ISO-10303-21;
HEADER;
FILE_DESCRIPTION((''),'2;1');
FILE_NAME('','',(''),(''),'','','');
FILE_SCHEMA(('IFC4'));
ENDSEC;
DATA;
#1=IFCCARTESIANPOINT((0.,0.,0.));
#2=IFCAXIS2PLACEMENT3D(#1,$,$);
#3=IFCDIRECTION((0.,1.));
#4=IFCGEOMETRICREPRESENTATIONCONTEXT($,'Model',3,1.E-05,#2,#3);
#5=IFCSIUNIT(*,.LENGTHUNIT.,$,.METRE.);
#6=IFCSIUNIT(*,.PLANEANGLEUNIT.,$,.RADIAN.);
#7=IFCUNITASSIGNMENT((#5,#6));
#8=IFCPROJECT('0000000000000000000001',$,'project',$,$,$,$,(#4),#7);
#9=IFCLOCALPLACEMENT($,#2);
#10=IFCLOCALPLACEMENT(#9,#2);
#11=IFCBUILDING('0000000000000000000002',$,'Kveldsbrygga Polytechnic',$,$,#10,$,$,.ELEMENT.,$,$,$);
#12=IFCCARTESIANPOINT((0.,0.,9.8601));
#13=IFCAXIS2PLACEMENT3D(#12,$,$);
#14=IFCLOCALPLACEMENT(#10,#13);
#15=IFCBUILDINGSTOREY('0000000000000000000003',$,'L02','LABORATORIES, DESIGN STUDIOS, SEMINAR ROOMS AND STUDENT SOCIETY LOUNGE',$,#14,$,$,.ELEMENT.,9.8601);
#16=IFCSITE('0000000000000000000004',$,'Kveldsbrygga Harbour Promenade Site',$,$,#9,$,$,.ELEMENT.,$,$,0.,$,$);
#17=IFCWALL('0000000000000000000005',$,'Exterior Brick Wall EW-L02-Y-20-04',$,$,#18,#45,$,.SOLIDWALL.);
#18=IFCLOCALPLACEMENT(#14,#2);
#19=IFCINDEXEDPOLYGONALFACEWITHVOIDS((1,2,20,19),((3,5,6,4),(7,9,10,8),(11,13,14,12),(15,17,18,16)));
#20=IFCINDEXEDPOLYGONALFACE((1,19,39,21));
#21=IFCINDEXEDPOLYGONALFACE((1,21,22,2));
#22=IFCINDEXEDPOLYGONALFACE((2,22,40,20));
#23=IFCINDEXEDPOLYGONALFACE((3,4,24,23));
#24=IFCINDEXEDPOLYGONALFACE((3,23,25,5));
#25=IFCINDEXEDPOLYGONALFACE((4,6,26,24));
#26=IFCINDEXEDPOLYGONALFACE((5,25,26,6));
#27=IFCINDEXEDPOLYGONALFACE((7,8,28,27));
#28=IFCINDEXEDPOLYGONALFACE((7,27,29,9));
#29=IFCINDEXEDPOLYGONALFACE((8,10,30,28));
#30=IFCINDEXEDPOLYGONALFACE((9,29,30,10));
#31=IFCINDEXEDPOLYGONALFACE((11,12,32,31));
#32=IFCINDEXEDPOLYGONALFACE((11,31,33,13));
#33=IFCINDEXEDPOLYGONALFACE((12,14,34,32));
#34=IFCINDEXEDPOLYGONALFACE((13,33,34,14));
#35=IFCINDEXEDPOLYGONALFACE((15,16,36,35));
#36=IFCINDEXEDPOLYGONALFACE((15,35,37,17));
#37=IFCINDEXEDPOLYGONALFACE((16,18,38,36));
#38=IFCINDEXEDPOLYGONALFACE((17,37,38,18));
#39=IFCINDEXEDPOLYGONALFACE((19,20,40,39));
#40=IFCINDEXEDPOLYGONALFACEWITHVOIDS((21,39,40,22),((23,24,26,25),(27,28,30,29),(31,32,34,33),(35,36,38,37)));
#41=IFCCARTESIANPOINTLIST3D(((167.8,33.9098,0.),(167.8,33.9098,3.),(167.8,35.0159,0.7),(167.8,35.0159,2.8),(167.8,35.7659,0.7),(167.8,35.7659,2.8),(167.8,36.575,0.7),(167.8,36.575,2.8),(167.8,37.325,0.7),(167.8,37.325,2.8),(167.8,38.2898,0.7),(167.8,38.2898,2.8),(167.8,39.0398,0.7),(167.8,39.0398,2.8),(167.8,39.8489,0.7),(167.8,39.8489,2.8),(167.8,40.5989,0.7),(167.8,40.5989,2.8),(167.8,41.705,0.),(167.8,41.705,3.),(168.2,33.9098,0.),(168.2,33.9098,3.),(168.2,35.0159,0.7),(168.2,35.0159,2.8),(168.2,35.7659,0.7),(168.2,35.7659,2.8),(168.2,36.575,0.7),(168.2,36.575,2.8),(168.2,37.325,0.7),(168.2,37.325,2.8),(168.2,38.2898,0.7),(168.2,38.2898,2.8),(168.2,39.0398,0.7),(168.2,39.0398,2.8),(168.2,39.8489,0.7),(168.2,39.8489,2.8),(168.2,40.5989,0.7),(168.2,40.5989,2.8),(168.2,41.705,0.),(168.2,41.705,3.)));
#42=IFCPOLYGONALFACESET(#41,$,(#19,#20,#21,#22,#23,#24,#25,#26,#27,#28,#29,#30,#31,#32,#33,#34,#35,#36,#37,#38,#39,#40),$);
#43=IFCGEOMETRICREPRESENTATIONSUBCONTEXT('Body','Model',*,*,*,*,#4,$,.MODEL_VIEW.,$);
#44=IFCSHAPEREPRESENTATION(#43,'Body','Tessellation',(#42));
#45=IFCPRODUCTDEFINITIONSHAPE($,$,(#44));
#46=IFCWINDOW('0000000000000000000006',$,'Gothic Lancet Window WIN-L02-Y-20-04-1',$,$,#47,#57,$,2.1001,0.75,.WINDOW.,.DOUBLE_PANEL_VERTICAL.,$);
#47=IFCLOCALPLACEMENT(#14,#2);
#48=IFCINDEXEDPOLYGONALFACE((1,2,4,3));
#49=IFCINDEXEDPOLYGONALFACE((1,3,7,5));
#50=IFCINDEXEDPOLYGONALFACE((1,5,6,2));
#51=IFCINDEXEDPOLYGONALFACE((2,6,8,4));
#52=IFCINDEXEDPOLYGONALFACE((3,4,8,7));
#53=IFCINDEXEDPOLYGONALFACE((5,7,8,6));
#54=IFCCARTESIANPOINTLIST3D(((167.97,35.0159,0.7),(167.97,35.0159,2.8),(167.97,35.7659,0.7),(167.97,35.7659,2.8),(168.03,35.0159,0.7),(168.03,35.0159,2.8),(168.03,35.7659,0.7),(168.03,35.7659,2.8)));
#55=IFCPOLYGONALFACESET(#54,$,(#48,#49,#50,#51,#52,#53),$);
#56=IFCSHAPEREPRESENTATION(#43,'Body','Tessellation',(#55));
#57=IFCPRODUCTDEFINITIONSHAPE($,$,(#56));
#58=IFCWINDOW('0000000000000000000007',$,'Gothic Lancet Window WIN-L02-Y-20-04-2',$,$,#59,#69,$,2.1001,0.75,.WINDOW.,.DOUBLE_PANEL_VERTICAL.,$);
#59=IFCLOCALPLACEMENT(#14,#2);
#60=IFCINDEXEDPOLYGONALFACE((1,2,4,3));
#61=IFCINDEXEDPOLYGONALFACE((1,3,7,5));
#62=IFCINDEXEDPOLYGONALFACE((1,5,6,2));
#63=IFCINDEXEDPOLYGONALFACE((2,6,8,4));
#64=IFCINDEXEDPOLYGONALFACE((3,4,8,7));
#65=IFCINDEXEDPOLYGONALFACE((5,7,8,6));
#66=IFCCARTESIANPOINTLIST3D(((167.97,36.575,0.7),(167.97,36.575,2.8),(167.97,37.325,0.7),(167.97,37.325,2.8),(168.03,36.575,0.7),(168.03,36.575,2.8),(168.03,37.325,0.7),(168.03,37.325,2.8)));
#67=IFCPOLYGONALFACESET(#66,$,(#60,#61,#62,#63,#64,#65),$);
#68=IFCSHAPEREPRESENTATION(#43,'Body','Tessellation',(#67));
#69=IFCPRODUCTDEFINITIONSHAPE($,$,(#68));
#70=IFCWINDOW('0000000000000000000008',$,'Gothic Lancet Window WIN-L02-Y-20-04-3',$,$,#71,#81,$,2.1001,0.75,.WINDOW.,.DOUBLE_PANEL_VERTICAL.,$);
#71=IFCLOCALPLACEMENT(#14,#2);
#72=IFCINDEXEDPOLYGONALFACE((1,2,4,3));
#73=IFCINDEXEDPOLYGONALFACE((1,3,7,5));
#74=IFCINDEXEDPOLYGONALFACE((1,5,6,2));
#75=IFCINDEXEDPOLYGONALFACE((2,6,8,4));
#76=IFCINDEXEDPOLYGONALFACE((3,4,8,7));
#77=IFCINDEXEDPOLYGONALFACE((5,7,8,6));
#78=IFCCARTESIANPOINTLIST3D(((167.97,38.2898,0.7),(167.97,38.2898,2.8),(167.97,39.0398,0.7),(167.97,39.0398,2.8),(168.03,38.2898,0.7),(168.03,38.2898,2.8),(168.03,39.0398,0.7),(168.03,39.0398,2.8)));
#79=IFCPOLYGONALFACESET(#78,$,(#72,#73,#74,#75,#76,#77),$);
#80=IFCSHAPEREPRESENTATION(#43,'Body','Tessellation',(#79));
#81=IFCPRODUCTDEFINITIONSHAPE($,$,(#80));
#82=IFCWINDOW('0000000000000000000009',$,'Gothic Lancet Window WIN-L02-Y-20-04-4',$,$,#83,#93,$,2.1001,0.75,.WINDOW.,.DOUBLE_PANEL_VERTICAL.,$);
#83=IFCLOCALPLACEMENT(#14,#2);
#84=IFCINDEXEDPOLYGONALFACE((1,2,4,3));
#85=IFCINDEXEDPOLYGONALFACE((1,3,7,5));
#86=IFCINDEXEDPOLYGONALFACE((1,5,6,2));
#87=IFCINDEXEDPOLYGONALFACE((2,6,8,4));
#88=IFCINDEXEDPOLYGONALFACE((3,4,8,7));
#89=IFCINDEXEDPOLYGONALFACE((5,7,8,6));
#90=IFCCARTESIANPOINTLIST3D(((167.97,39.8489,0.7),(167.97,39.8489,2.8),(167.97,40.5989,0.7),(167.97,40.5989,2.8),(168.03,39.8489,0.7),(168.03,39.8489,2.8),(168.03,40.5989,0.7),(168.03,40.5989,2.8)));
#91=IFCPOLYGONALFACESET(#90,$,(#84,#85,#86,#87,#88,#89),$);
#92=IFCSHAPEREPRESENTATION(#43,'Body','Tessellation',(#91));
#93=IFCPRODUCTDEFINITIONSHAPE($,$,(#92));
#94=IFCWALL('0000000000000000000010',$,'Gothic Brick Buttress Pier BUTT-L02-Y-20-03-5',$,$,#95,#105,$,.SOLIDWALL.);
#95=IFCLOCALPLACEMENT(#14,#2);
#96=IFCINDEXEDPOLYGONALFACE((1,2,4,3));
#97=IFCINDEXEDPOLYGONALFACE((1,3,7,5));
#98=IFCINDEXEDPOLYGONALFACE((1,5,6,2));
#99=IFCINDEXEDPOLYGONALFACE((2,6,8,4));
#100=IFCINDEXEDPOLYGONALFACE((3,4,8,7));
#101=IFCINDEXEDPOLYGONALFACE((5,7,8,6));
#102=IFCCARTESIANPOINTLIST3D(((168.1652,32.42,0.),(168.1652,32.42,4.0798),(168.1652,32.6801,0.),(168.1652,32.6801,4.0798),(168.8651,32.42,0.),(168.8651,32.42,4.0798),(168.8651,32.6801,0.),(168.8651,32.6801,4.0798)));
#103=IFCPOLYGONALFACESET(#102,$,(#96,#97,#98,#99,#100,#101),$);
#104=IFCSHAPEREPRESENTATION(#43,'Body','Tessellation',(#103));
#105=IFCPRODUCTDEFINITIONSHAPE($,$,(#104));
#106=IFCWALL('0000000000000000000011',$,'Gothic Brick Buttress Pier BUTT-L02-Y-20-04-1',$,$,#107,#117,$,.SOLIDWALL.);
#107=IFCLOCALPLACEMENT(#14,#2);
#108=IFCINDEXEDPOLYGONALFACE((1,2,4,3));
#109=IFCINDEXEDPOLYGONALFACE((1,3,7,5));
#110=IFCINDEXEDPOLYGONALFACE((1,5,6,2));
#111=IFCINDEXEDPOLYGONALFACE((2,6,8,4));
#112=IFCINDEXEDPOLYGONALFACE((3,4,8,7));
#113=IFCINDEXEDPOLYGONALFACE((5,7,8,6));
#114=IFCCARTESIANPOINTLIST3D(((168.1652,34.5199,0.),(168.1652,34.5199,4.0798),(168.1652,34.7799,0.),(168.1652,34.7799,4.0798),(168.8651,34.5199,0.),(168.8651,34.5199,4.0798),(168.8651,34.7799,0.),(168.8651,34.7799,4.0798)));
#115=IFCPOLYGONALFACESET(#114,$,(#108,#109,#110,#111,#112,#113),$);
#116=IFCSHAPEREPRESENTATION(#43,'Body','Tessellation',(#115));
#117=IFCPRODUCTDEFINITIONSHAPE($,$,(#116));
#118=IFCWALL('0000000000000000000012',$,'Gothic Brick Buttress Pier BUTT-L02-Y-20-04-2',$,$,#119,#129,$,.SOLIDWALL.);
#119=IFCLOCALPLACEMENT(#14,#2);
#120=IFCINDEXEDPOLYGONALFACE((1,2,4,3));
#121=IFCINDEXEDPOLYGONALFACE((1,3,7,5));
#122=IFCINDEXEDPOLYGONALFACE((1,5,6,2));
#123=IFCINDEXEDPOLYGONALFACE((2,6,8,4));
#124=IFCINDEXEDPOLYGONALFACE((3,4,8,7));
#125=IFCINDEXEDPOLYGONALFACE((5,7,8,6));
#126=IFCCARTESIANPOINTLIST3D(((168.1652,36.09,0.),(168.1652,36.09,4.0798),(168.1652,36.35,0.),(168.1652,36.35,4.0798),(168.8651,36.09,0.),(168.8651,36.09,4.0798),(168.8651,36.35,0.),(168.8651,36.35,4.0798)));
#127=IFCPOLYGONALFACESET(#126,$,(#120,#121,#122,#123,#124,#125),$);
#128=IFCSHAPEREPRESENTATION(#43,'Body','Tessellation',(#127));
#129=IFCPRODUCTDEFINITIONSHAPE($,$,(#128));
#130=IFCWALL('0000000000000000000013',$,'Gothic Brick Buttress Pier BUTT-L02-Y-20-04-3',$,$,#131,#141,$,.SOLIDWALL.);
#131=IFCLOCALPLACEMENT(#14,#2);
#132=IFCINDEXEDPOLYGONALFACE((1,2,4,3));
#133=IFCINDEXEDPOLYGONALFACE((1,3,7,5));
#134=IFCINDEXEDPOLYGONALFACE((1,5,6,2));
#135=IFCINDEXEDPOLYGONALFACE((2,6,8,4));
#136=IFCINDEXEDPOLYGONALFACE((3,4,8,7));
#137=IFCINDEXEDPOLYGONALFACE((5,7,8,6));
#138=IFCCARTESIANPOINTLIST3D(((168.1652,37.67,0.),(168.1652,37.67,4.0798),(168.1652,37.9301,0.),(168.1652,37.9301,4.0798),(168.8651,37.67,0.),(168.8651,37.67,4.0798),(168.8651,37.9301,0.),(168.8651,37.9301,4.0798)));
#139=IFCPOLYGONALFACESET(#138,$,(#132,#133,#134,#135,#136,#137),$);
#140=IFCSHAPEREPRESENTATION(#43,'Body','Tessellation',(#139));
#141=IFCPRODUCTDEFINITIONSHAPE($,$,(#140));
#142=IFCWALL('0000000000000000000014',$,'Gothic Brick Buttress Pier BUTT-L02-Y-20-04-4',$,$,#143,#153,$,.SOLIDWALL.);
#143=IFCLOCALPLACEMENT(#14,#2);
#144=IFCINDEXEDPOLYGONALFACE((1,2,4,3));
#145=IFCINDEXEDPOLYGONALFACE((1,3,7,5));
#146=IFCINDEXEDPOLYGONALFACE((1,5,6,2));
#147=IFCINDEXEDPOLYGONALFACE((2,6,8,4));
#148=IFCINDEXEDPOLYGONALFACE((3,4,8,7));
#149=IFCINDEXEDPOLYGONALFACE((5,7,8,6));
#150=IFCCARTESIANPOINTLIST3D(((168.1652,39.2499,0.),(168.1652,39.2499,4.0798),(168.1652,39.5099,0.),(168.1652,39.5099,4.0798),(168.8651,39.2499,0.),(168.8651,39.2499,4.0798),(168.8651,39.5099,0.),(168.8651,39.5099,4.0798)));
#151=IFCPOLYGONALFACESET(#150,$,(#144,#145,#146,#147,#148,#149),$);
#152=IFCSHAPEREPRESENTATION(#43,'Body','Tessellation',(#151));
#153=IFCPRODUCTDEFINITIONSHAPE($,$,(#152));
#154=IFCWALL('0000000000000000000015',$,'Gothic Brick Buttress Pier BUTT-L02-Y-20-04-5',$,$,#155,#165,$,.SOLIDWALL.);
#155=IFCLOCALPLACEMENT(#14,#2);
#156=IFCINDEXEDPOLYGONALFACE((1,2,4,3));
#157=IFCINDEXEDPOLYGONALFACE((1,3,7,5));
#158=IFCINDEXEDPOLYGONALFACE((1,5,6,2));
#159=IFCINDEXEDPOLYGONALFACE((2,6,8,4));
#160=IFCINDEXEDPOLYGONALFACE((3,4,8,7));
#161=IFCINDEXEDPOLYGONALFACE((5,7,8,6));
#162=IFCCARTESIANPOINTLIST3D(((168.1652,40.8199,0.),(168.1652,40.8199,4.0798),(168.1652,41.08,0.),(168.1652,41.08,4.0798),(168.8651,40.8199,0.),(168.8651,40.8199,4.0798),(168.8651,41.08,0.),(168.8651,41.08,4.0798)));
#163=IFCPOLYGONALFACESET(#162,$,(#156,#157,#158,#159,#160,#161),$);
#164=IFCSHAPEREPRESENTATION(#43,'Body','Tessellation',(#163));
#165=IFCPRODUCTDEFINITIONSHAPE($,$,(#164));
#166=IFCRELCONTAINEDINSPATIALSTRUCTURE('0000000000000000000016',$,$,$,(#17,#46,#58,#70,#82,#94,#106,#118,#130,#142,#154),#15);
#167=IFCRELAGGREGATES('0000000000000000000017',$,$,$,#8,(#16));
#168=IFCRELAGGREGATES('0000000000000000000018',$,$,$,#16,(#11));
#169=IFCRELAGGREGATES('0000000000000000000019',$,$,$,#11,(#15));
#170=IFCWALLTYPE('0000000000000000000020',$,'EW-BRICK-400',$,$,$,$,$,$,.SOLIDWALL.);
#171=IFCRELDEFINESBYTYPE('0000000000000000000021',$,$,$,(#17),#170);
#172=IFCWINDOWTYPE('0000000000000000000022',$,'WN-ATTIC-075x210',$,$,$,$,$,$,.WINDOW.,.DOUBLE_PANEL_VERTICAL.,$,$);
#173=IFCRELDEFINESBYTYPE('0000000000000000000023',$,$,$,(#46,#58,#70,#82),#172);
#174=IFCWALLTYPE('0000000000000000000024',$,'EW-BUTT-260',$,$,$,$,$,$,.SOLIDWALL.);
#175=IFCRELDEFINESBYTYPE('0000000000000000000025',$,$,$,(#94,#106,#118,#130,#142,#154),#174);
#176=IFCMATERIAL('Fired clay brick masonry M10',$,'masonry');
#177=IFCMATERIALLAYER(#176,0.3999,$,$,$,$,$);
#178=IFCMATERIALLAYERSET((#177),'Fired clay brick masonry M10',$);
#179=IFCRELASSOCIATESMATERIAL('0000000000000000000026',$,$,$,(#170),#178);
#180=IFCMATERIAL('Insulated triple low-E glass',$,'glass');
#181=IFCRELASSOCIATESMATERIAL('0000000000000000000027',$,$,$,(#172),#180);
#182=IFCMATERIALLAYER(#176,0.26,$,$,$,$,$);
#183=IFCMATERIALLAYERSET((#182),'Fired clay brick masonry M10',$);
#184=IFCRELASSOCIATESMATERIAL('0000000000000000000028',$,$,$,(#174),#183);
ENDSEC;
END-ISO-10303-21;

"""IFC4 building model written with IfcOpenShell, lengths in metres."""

from ifc_helpers import new_model, si_unit, direction, frame, frame_2d, origin, place, context, subcontext, project, spatial, rectangle, extrude, material, layer, layer_set, type_object, element, fill, save


model = new_model("IFC4")

# Units and contexts
model_context = context("Model", 3, precision=1e-05, world=origin(), true_north=direction((0.0, 1.0)))
body_context = subcontext(model_context, "Body", "Model", "MODEL_VIEW")
ifc_project = project(units=[si_unit("LENGTHUNIT", "METRE"), si_unit("PLANEANGLEUNIT", "RADIAN")], contexts=[model_context])

# Site, building, storey
site_placement = place(None, origin())
site = spatial("IfcSite", under=ifc_project, at=site_placement, Name="Kveldsbrygga Harbour Promenade Site", CompositionType="ELEMENT", RefElevation=0.0)
building_placement = place(site_placement, origin())
building = spatial("IfcBuilding", under=site, at=building_placement, Name="Kveldsbrygga Polytechnic", CompositionType="ELEMENT")
storey_placement = place(building_placement, frame((0.0, 0.0, 9.8601)))
storey = spatial("IfcBuildingStorey", under=building, at=storey_placement, Name="L02", Description="LABORATORIES, DESIGN STUDIOS, SEMINAR ROOMS AND STUDENT SOCIETY LOUNGE", CompositionType="ELEMENT", Elevation=9.8601)

# Shared definitions
ifc_material_1 = material(Name="Insulated triple low-E glass", Category="glass")

# Wall, openings, windows
ifc_material_2 = material(Name="Fired clay brick masonry M10", Category="masonry")
ifc_layer_1 = layer(ifc_material_2, 0.3999)
ifc_layer_set_1 = layer_set([ifc_layer_1], Name="Fired clay brick masonry M10")
wall_type_1 = type_object("IfcWallType", Name="EW-BRICK-400", PredefinedType="SOLIDWALL", material=ifc_layer_set_1)
wall_1_placement = place(storey_placement, frame((168.0, 33.9099, 0.0), z_axis=(0.0, 0.0, 1.0), x_axis=(0.0, 1.0, 0.0)))
wall_1 = element("IfcWall", 1, at=wall_1_placement, inside=storey, type_object=wall_type_1, Name="Exterior Brick Wall EW-L02-Y-20-04", PredefinedType="SOLIDWALL", context=body_context, shape_type="SweptSolid", body=[
    extrude(rectangle(XDim=7.7952, YDim=0.3999, at=frame_2d((3.8975, 0.0))), origin(), (0.0, 0.0, 1.0), 3.0),
])
opening_1_placement = place(wall_1_placement, frame((1.106, 0.0, 0.7)))
opening_1 = element("IfcOpeningElement", 2, at=opening_1_placement, cuts=wall_1, PredefinedType="OPENING", context=body_context, shape_type="SweptSolid", body=[
    extrude(rectangle(XDim=0.75, YDim=2.1001, at=frame_2d((0.375, 1.05))), frame((0.0, 0.21, 0.0), z_axis=(0.0, -1.0, 0.0), x_axis=(1.0, 0.0, 0.0)), (0.0, 0.0, 1.0), 0.4199),
])
opening_2_placement = place(wall_1_placement, frame((2.665, 0.0, 0.7)))
opening_2 = element("IfcOpeningElement", 3, at=opening_2_placement, cuts=wall_1, PredefinedType="OPENING", context=body_context, shape_type="SweptSolid", body=[
    extrude(rectangle(XDim=0.75, YDim=2.1001, at=frame_2d((0.375, 1.05))), frame((0.0, 0.21, 0.0), z_axis=(0.0, -1.0, 0.0), x_axis=(1.0, 0.0, 0.0)), (0.0, 0.0, 1.0), 0.4199),
])
opening_3_placement = place(wall_1_placement, frame((4.3799, 0.0, 0.7)))
opening_3 = element("IfcOpeningElement", 4, at=opening_3_placement, cuts=wall_1, PredefinedType="OPENING", context=body_context, shape_type="SweptSolid", body=[
    extrude(rectangle(XDim=0.75, YDim=2.1001, at=frame_2d((0.375, 1.05))), frame((0.0, 0.21, 0.0), z_axis=(0.0, -1.0, 0.0), x_axis=(1.0, 0.0, 0.0)), (0.0, 0.0, 1.0), 0.4199),
])
opening_4_placement = place(wall_1_placement, frame((5.939, 0.0, 0.7)))
opening_4 = element("IfcOpeningElement", 5, at=opening_4_placement, cuts=wall_1, PredefinedType="OPENING", context=body_context, shape_type="SweptSolid", body=[
    extrude(rectangle(XDim=0.75, YDim=2.1001, at=frame_2d((0.375, 1.05))), frame((0.0, 0.21, 0.0), z_axis=(0.0, -1.0, 0.0), x_axis=(1.0, 0.0, 0.0)), (0.0, 0.0, 1.0), 0.4199),
])
window_type = type_object("IfcWindowType", Name="WN-ATTIC-075x210", PartitioningType="DOUBLE_PANEL_VERTICAL", PredefinedType="WINDOW", material=ifc_material_1)
window_1_placement = place(opening_1_placement, origin())
window_1 = element("IfcWindow", 6, at=window_1_placement, inside=storey, type_object=window_type, Name="Gothic Lancet Window WIN-L02-Y-20-04-1", OverallHeight=2.1001, OverallWidth=0.75, PartitioningType="DOUBLE_PANEL_VERTICAL", PredefinedType="WINDOW", context=body_context, shape_type="SweptSolid", body=[
    extrude(rectangle(XDim=0.75, YDim=2.1001, at=frame_2d((0.375, 1.05))), frame((0.0, 0.03, 0.0), z_axis=(0.0, -1.0, 0.0), x_axis=(1.0, 0.0, 0.0)), (0.0, 0.0, 1.0), 0.0601),
])
fill(opening_1, window_1)
window_2_placement = place(opening_2_placement, origin())
window_2 = element("IfcWindow", 7, at=window_2_placement, inside=storey, type_object=window_type, Name="Gothic Lancet Window WIN-L02-Y-20-04-2", OverallHeight=2.1001, OverallWidth=0.75, PartitioningType="DOUBLE_PANEL_VERTICAL", PredefinedType="WINDOW", context=body_context, shape_type="SweptSolid", body=[
    extrude(rectangle(XDim=0.75, YDim=2.1001, at=frame_2d((0.375, 1.05))), frame((0.0, 0.03, 0.0), z_axis=(0.0, -1.0, 0.0), x_axis=(1.0, 0.0, 0.0)), (0.0, 0.0, 1.0), 0.0601),
])
fill(opening_2, window_2)
window_3_placement = place(opening_3_placement, origin())
window_3 = element("IfcWindow", 8, at=window_3_placement, inside=storey, type_object=window_type, Name="Gothic Lancet Window WIN-L02-Y-20-04-3", OverallHeight=2.1001, OverallWidth=0.75, PartitioningType="DOUBLE_PANEL_VERTICAL", PredefinedType="WINDOW", context=body_context, shape_type="SweptSolid", body=[
    extrude(rectangle(XDim=0.75, YDim=2.1001, at=frame_2d((0.375, 1.05))), frame((0.0, 0.03, 0.0), z_axis=(0.0, -1.0, 0.0), x_axis=(1.0, 0.0, 0.0)), (0.0, 0.0, 1.0), 0.0601),
])
fill(opening_3, window_3)
window_4_placement = place(opening_4_placement, origin())
window_4 = element("IfcWindow", 9, at=window_4_placement, inside=storey, type_object=window_type, Name="Gothic Lancet Window WIN-L02-Y-20-04-4", OverallHeight=2.1001, OverallWidth=0.75, PartitioningType="DOUBLE_PANEL_VERTICAL", PredefinedType="WINDOW", context=body_context, shape_type="SweptSolid", body=[
    extrude(rectangle(XDim=0.75, YDim=2.1001, at=frame_2d((0.375, 1.05))), frame((0.0, 0.03, 0.0), z_axis=(0.0, -1.0, 0.0), x_axis=(1.0, 0.0, 0.0)), (0.0, 0.0, 1.0), 0.0601),
])
fill(opening_4, window_4)

# Walls
ifc_layer_2 = layer(ifc_material_2, 0.26)
ifc_layer_set_2 = layer_set([ifc_layer_2], Name="Fired clay brick masonry M10")
wall_type_2 = type_object("IfcWallType", Name="EW-BUTT-260", PredefinedType="SOLIDWALL", material=ifc_layer_set_2)
for number, where, z_axis, x_axis, name in (
    (10, (168.165, 32.55, 0.0), (0.0, 0.0, 1.0), (1.0, 0.0, 0.0), "Gothic Brick Buttress Pier BUTT-L02-Y-20-03-5"),
    (11, (168.165, 34.6499, 0.0), (0.0, 0.0, 1.0), (1.0, 0.0, 0.0), "Gothic Brick Buttress Pier BUTT-L02-Y-20-04-1"),
    (12, (168.165, 36.22, 0.0), (0.0, 0.0, 1.0), (1.0, 0.0, 0.0), "Gothic Brick Buttress Pier BUTT-L02-Y-20-04-2"),
    (13, (168.165, 37.8, 0.0), (0.0, 0.0, 1.0), (1.0, 0.0, 0.0), "Gothic Brick Buttress Pier BUTT-L02-Y-20-04-3"),
    (14, (168.165, 39.3799, 0.0), (0.0, 0.0, 1.0), (1.0, 0.0, 0.0), "Gothic Brick Buttress Pier BUTT-L02-Y-20-04-4"),
    (15, (168.165, 40.95, 0.0), (0.0, 0.0, 1.0), (1.0, 0.0, 0.0), "Gothic Brick Buttress Pier BUTT-L02-Y-20-04-5"),
):
    element("IfcWall", number, at=place(storey_placement, frame(where, z_axis=z_axis, x_axis=x_axis)), inside=storey, type_object=wall_type_2, Name=name, PredefinedType="SOLIDWALL", context=body_context, shape_type="SweptSolid", body=[
        extrude(rectangle(XDim=0.7, YDim=0.26, at=frame_2d((0.3501, 0.0))), origin(), (0.0, 0.0, 1.0), 4.0798),
    ])

save(model, "model.ifc")
